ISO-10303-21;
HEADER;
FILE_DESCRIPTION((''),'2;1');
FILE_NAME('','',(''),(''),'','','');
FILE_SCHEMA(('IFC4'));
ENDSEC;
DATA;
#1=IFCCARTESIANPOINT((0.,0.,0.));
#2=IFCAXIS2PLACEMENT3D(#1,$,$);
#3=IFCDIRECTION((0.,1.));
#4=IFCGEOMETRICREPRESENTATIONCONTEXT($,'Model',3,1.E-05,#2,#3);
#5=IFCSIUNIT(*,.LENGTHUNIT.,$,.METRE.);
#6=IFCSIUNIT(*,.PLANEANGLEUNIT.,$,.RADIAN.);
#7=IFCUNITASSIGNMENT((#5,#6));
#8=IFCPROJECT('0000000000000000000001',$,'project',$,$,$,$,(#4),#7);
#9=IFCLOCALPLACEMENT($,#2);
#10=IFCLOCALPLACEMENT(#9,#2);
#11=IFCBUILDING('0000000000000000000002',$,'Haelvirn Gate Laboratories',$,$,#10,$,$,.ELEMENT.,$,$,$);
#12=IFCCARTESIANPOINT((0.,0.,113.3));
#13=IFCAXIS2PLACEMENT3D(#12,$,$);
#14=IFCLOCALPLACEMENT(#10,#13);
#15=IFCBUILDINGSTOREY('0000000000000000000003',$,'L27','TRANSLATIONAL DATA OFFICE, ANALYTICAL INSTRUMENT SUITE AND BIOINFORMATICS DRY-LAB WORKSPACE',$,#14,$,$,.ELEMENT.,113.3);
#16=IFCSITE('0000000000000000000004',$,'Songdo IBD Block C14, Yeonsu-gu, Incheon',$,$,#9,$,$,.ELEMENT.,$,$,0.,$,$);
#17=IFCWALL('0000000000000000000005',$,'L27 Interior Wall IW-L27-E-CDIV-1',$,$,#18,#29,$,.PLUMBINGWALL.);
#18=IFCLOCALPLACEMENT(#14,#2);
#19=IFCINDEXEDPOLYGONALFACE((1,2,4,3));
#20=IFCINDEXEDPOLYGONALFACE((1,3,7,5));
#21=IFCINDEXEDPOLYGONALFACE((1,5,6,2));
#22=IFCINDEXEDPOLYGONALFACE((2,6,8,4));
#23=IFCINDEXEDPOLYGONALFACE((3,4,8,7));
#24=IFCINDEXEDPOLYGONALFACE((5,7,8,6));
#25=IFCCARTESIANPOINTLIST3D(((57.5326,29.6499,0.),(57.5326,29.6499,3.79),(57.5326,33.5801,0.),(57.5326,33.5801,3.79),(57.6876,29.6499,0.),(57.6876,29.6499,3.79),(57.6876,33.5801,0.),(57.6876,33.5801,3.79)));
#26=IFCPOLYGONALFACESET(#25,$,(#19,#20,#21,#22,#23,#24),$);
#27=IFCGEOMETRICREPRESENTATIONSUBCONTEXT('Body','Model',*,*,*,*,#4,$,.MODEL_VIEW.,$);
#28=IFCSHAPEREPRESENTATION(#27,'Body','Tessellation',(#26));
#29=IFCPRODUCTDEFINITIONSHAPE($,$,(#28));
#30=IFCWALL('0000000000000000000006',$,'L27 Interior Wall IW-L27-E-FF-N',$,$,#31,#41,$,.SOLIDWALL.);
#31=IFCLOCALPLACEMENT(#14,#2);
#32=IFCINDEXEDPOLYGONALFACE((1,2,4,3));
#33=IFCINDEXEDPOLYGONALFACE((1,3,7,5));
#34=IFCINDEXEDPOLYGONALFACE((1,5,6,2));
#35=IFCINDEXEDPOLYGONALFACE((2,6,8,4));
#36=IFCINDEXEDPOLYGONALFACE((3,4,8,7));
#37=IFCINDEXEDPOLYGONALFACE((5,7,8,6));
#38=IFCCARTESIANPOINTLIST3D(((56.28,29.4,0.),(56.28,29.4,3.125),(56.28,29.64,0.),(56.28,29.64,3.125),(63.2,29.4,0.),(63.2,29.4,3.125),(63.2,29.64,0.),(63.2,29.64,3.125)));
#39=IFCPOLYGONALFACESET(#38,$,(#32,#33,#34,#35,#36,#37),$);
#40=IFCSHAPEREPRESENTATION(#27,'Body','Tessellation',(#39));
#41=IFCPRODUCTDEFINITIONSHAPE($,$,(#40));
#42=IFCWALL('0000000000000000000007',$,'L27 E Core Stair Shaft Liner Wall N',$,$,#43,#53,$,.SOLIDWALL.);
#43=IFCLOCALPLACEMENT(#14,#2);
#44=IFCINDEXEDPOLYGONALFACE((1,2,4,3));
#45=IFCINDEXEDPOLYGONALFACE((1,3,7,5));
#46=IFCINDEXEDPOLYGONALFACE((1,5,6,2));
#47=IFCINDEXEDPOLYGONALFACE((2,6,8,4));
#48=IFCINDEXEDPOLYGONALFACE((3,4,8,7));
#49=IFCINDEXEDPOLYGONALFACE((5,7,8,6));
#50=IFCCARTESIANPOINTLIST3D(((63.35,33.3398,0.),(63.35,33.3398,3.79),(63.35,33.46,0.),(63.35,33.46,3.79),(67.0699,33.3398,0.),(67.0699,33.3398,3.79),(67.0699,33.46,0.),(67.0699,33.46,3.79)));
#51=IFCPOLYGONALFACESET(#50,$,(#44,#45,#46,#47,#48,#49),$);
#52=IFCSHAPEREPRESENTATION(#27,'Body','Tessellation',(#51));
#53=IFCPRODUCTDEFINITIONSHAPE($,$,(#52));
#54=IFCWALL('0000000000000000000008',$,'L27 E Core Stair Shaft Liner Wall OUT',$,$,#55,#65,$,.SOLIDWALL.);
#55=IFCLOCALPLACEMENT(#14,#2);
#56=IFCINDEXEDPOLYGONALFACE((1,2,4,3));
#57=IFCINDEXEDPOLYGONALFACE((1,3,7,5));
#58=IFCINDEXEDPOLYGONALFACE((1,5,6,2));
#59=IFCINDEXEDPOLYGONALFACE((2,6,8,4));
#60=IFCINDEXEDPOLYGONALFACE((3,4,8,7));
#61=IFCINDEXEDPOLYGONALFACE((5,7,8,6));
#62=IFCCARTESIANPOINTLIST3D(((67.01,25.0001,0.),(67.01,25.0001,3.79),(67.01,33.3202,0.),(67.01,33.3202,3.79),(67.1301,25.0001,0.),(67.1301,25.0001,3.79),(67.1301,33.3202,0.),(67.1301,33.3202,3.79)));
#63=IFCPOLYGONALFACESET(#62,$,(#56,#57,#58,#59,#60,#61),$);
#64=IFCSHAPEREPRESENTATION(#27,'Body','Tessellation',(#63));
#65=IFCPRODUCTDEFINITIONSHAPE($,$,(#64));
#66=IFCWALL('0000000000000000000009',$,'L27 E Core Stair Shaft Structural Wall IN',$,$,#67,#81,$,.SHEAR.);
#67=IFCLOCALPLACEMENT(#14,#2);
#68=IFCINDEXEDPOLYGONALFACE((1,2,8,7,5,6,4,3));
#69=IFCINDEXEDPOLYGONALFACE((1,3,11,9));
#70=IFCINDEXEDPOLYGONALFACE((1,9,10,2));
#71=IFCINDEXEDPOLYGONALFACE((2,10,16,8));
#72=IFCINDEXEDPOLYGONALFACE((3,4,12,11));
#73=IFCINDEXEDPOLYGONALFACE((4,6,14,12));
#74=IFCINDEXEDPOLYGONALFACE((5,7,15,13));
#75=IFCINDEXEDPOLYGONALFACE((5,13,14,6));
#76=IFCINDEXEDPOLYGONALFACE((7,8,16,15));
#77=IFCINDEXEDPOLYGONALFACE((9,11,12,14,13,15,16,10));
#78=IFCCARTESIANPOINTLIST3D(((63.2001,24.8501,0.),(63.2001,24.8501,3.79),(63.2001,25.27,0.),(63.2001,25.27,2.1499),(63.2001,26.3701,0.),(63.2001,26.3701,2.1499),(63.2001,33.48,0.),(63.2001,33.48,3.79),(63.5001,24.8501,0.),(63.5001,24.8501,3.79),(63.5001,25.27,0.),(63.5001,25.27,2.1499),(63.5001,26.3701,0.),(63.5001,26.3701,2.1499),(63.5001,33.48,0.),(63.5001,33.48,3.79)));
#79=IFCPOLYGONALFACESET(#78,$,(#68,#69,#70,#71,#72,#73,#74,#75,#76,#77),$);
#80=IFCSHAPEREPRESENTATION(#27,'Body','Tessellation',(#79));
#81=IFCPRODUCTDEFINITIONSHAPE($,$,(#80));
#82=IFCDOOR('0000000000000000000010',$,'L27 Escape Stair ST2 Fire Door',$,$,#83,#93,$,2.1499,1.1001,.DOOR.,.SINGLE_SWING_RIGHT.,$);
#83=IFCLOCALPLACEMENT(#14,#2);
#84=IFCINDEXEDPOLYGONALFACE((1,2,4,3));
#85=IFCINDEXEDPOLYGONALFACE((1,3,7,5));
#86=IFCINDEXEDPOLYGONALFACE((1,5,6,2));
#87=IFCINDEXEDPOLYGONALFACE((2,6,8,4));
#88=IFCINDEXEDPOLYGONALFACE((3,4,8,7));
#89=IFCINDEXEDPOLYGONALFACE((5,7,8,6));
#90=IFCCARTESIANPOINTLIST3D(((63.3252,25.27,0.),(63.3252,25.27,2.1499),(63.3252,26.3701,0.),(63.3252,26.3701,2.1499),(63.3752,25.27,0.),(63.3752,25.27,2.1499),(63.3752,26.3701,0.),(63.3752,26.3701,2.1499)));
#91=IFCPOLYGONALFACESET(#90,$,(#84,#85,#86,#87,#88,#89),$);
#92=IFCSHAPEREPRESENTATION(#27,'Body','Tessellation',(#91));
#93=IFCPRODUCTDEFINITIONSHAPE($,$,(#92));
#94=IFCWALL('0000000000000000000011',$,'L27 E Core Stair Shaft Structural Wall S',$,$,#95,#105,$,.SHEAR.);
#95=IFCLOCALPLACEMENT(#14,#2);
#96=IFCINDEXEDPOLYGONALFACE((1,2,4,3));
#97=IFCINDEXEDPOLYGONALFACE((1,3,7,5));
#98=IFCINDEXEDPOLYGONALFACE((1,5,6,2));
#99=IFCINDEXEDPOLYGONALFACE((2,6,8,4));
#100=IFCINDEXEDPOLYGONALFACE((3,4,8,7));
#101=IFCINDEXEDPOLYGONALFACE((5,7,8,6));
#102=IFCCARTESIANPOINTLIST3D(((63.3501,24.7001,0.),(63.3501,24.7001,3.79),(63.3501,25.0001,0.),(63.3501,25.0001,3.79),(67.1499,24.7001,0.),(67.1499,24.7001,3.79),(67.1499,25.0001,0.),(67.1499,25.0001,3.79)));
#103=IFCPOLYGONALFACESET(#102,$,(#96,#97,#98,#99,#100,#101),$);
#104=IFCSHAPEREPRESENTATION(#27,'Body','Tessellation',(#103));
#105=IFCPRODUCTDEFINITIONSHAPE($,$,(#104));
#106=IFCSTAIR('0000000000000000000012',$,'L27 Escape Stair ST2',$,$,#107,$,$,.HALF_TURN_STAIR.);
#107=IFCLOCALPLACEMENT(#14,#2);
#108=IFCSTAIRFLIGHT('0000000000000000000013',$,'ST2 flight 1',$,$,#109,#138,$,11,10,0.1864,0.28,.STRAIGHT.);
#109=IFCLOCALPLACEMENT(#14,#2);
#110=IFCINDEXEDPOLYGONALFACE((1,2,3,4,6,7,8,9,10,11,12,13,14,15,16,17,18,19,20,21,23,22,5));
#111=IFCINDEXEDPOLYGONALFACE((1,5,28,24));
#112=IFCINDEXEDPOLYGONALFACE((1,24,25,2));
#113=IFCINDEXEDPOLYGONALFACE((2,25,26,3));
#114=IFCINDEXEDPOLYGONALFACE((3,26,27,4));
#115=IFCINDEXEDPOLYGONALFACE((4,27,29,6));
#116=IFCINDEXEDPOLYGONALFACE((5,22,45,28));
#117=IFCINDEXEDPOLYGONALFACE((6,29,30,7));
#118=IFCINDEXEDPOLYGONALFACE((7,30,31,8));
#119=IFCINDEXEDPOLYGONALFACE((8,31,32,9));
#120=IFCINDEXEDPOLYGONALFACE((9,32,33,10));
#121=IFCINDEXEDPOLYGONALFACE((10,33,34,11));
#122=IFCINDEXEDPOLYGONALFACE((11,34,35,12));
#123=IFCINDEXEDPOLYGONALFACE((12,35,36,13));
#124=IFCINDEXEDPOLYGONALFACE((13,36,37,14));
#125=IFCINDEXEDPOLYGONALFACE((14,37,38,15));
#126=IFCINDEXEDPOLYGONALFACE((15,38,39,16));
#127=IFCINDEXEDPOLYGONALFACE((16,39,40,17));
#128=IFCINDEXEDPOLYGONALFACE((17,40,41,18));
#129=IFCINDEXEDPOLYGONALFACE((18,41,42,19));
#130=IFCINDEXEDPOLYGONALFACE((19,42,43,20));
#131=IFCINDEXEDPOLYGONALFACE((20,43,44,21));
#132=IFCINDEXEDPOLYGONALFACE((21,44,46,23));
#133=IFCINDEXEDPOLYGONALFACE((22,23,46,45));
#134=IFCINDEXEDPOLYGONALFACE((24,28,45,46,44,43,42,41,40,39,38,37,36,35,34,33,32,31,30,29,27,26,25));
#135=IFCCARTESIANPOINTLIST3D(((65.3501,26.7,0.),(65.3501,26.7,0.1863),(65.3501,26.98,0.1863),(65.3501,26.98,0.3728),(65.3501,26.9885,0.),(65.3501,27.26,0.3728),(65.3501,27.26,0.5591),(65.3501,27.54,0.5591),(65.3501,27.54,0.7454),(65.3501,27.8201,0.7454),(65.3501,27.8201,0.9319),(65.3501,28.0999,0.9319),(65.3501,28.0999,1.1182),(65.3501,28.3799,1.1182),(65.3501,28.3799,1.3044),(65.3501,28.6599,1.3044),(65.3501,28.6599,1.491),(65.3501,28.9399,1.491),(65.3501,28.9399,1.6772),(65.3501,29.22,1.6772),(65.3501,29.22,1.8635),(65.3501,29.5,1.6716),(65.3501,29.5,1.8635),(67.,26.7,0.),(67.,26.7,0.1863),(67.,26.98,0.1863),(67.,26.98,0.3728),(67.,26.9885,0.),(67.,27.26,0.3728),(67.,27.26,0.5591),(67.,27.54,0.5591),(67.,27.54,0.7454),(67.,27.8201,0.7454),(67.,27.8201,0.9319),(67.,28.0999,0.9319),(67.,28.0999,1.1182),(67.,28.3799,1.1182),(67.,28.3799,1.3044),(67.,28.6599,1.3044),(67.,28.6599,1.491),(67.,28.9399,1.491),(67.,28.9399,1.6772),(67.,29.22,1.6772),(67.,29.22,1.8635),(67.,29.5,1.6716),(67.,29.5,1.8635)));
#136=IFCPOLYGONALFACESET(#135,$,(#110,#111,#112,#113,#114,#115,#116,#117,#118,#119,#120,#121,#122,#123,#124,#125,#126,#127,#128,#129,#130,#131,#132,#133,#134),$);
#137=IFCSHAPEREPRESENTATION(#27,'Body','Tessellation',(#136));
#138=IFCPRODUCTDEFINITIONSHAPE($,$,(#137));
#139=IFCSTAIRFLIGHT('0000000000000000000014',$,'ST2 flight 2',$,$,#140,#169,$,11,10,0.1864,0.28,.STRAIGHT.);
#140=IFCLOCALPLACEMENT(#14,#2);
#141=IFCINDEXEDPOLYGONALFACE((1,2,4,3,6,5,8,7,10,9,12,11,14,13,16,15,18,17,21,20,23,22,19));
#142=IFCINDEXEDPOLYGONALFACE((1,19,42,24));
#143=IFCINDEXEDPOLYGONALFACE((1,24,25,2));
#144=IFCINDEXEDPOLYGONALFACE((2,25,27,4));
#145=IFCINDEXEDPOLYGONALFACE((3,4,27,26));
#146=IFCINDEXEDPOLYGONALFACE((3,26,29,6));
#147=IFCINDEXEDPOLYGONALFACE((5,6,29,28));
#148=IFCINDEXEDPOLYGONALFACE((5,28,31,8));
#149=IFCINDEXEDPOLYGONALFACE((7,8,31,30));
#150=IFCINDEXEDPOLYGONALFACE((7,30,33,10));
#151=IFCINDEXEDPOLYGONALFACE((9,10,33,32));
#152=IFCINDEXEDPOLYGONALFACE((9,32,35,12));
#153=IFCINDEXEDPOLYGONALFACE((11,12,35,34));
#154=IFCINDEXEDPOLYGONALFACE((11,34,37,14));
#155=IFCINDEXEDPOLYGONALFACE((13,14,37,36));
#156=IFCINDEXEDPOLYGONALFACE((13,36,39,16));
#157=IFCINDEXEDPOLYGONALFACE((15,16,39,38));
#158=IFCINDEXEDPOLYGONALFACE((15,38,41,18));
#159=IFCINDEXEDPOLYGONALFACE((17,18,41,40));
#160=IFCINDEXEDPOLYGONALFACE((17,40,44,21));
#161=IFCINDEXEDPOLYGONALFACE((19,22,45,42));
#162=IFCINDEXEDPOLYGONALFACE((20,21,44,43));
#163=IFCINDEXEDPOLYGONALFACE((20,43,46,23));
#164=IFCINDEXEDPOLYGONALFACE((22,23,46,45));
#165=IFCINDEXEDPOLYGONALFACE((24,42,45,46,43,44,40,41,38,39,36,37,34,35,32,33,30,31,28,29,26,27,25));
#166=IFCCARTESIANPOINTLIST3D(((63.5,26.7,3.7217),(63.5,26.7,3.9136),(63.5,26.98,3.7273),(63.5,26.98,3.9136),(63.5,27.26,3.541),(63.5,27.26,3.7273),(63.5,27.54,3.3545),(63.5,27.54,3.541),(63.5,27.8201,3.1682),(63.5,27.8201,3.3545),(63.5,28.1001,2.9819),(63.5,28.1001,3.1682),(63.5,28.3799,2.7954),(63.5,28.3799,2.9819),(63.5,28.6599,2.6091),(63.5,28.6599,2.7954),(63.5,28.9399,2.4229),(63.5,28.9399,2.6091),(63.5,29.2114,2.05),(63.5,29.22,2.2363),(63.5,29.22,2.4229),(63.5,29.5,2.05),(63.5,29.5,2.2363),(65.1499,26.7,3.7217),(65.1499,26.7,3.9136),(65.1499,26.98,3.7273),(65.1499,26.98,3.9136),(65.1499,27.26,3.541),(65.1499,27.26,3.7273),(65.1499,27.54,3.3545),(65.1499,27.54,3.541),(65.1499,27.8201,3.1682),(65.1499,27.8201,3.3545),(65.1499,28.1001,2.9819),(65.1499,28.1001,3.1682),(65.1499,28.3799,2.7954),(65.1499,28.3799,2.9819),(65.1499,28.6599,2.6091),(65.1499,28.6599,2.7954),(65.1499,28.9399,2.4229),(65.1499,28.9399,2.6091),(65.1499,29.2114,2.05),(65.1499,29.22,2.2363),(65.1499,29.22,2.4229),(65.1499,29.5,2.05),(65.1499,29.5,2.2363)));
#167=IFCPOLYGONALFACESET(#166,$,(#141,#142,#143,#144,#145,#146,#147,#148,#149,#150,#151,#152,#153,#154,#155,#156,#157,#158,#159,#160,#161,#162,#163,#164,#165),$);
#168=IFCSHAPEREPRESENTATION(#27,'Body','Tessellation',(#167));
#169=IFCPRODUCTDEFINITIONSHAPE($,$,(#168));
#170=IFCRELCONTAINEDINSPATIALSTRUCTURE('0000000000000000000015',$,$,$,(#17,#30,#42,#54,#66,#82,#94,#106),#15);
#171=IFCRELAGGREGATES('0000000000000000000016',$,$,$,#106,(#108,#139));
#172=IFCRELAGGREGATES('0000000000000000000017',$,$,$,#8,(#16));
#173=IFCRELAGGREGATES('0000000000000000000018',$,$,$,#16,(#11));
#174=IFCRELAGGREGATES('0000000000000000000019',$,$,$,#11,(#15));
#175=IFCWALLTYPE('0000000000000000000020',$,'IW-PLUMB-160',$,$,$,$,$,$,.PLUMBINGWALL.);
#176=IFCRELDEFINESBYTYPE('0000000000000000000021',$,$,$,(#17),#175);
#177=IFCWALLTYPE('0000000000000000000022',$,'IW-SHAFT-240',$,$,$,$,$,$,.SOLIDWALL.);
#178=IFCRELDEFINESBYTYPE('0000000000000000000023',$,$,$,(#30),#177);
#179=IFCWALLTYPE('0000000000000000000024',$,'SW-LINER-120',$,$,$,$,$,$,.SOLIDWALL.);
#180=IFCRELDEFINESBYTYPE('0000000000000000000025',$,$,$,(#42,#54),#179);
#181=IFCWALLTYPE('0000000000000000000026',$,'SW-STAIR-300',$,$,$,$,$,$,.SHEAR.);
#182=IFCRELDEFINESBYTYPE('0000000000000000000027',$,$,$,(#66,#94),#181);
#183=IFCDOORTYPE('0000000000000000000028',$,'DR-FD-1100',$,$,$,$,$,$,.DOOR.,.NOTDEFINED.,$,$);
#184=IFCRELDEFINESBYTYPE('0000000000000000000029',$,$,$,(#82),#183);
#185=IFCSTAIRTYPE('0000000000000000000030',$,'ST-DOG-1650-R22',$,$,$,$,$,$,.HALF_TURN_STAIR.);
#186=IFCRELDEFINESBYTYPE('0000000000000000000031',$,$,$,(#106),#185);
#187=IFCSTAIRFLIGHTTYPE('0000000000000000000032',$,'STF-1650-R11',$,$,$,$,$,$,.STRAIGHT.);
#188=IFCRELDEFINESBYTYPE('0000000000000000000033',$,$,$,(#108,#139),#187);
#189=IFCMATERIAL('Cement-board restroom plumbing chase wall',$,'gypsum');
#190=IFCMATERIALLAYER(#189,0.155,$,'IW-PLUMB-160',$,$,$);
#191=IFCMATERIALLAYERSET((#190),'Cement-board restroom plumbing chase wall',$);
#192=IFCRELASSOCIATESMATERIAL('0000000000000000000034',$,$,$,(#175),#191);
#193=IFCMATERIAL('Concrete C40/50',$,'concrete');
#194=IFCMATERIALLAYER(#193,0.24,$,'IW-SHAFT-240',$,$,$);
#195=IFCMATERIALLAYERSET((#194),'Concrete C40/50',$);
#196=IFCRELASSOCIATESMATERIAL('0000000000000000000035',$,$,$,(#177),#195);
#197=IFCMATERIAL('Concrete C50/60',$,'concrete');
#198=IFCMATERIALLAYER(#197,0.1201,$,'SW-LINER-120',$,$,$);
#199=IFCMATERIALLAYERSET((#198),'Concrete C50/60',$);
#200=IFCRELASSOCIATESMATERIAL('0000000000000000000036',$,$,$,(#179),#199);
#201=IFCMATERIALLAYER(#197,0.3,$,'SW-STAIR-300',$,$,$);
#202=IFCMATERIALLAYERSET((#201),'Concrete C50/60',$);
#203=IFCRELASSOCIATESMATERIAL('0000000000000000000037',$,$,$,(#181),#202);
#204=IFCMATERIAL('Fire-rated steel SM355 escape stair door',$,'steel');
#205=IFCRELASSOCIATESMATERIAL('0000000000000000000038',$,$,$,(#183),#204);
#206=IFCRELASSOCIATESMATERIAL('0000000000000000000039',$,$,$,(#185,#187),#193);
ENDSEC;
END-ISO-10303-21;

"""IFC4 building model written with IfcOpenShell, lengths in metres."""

from ifc_helpers import new_model, si_unit, direction, frame, frame_2d, origin, place, context, subcontext, project, spatial, polyline, rectangle, outline, extrude, source, transform, mapped, material, layer, layer_set, type_object, type_shapes, element, fill, aggregate, save


model = new_model("IFC4")

# Units and contexts
model_context = context("Model", 3, precision=1e-05, world=origin(), true_north=direction((0.0, 1.0)))
body_context = subcontext(model_context, "Body", "Model", "MODEL_VIEW")
ifc_project = project(units=[si_unit("LENGTHUNIT", "METRE"), si_unit("PLANEANGLEUNIT", "RADIAN")], contexts=[model_context])

# Site, building, storey
site_placement = place(None, origin())
site = spatial("IfcSite", under=ifc_project, at=site_placement, Name="Songdo IBD Block C14, Yeonsu-gu, Incheon", CompositionType="ELEMENT", RefElevation=0.0)
building_placement = place(site_placement, origin())
building = spatial("IfcBuilding", under=site, at=building_placement, Name="Haelvirn Gate Laboratories", CompositionType="ELEMENT")
storey_placement = place(building_placement, frame((0.0, 0.0, 113.3)))
storey = spatial("IfcBuildingStorey", under=building, at=storey_placement, Name="L27", Description="TRANSLATIONAL DATA OFFICE, ANALYTICAL INSTRUMENT SUITE AND BIOINFORMATICS DRY-LAB WORKSPACE", CompositionType="ELEMENT", Elevation=113.3)

# Walls
ifc_material_1 = material(Name="Cement-board restroom plumbing chase wall", Category="gypsum")
ifc_layer_1 = layer(ifc_material_1, 0.155, Name="IW-PLUMB-160")
ifc_layer_set_1 = layer_set([ifc_layer_1], Name="Cement-board restroom plumbing chase wall")
wall_type_1 = type_object("IfcWallType", Name="IW-PLUMB-160", PredefinedType="PLUMBINGWALL", material=ifc_layer_set_1)
wall_1_placement = place(storey_placement, frame((57.6101, 29.6499, 0.0), z_axis=(0.0, 0.0, 1.0), x_axis=(0.0, 1.0, 0.0)))
element("IfcWall", 1, at=wall_1_placement, inside=storey, type_object=wall_type_1, Name="L27 Interior Wall IW-L27-E-CDIV-1", PredefinedType="PLUMBINGWALL", context=body_context, shape_type="SweptSolid", body=[
    extrude(rectangle(XDim=3.9302, YDim=0.155, at=frame_2d((1.9651, 0.0))), origin(), (0.0, 0.0, 1.0), 3.79),
])
ifc_material_2 = material(Name="Concrete C40/50", Category="concrete")
ifc_layer_2 = layer(ifc_material_2, 0.24, Name="IW-SHAFT-240")
ifc_layer_set_2 = layer_set([ifc_layer_2], Name="Concrete C40/50")
wall_type_2 = type_object("IfcWallType", Name="IW-SHAFT-240", PredefinedType="SOLIDWALL", material=ifc_layer_set_2)
wall_2_placement = place(storey_placement, frame((56.28, 29.52, 0.0), z_axis=(0.0, 0.0, 1.0), x_axis=(1.0, 0.0, 0.0)))
element("IfcWall", 2, at=wall_2_placement, inside=storey, type_object=wall_type_2, Name="L27 Interior Wall IW-L27-E-FF-N", PredefinedType="SOLIDWALL", context=body_context, shape_type="SweptSolid", body=[
    extrude(rectangle(XDim=6.9199, YDim=0.24, at=frame_2d((3.46, 0.0))), origin(), (0.0, 0.0, 1.0), 3.125),
])
ifc_material_3 = material(Name="Concrete C50/60", Category="concrete")
ifc_layer_3 = layer(ifc_material_3, 0.1201, Name="SW-LINER-120")
ifc_layer_set_3 = layer_set([ifc_layer_3], Name="Concrete C50/60")
wall_type_3 = type_object("IfcWallType", Name="SW-LINER-120", PredefinedType="SOLIDWALL", material=ifc_layer_set_3)
wall_3_placement = place(storey_placement, frame((63.3501, 33.3999, 0.0), z_axis=(0.0, 0.0, 1.0), x_axis=(1.0, 0.0, 0.0)))
element("IfcWall", 3, at=wall_3_placement, inside=storey, type_object=wall_type_3, Name="L27 E Core Stair Shaft Liner Wall N", PredefinedType="SOLIDWALL", context=body_context, shape_type="SweptSolid", body=[
    extrude(rectangle(XDim=3.72, YDim=0.1201, at=frame_2d((1.8599, 0.0))), origin(), (0.0, 0.0, 1.0), 3.79),
])
wall_4_placement = place(storey_placement, frame((67.0701, 25.0, 0.0), z_axis=(0.0, 0.0, 1.0), x_axis=(0.0, 1.0, 0.0)))
element("IfcWall", 4, at=wall_4_placement, inside=storey, type_object=wall_type_3, Name="L27 E Core Stair Shaft Liner Wall OUT", PredefinedType="SOLIDWALL", context=body_context, shape_type="SweptSolid", body=[
    extrude(rectangle(XDim=8.3201, YDim=0.1201, at=frame_2d((4.1602, 0.0))), origin(), (0.0, 0.0, 1.0), 3.79),
])

# Wall, opening, door
ifc_layer_4 = layer(ifc_material_3, 0.3, Name="SW-STAIR-300")
ifc_layer_set_4 = layer_set([ifc_layer_4], Name="Concrete C50/60")
wall_type_4 = type_object("IfcWallType", Name="SW-STAIR-300", PredefinedType="SHEAR", material=ifc_layer_set_4)
wall_5_placement = place(storey_placement, frame((63.3501, 24.8501, 0.0), z_axis=(0.0, 0.0, 1.0), x_axis=(0.0, 1.0, 0.0)))
wall_5 = element("IfcWall", 5, at=wall_5_placement, inside=storey, type_object=wall_type_4, Name="L27 E Core Stair Shaft Structural Wall IN", PredefinedType="SHEAR", context=body_context, shape_type="SweptSolid", body=[
    extrude(rectangle(XDim=8.6299, YDim=0.3, at=frame_2d((4.3149, 0.0))), origin(), (0.0, 0.0, 1.0), 3.79),
])
opening_1_placement = place(wall_5_placement, frame((0.4199, 0.0, 0.0)))
opening_1 = element("IfcOpeningElement", 6, at=opening_1_placement, cuts=wall_5, PredefinedType="OPENING", context=body_context, shape_type="SweptSolid", body=[
    extrude(rectangle(XDim=1.1001, YDim=2.1499, at=frame_2d((0.55, 1.075))), frame((0.0, 0.1602, 0.0), z_axis=(0.0, -1.0, 0.0), x_axis=(1.0, 0.0, 0.0)), (0.0, 0.0, 1.0), 0.3201),
])
ifc_material_4 = material(Name="Fire-rated steel SM355 escape stair door", Category="steel")
door_type_1 = type_object("IfcDoorType", Name="DR-FD-1100", OperationType="NOTDEFINED", PredefinedType="DOOR", material=ifc_material_4)
shared_shape_1 = source(origin(), body_context, "Body", "SweptSolid", [
    extrude(rectangle(XDim=1.1001, YDim=2.1499, at=frame_2d((0.55, 1.075))), frame((0.0, 0.0249, 0.0), z_axis=(0.0, -1.0, 0.0), x_axis=(1.0, 0.0, 0.0)), (0.0, 0.0, 1.0), 0.05),
])
type_shapes(door_type_1, [shared_shape_1])
door_1_placement = place(opening_1_placement, origin())
door_1 = element("IfcDoor", 7, at=door_1_placement, inside=storey, type_object=door_type_1, Name="L27 Escape Stair ST2 Fire Door", OperationType="SINGLE_SWING_RIGHT", OverallHeight=2.1499, OverallWidth=1.1001, PredefinedType="DOOR", context=body_context, shape_type="MappedRepresentation", body=[
    mapped(shared_shape_1, transform((0.0, 0.0, 0.0), scale=1.0)),
])
fill(opening_1, door_1)

# Wall
wall_6_placement = place(storey_placement, frame((63.3501, 24.8501, 0.0), z_axis=(0.0, 0.0, 1.0), x_axis=(1.0, 0.0, 0.0)))
element("IfcWall", 8, at=wall_6_placement, inside=storey, type_object=wall_type_4, Name="L27 E Core Stair Shaft Structural Wall S", PredefinedType="SHEAR", context=body_context, shape_type="SweptSolid", body=[
    extrude(rectangle(XDim=3.7998, YDim=0.3, at=frame_2d((1.8999, 0.0))), origin(), (0.0, 0.0, 1.0), 3.79),
])

# Stair, stair flights
stair_type = type_object("IfcStairType", Name="ST-DOG-1650-R22", PredefinedType="HALF_TURN_STAIR", material=ifc_material_2)
stair_placement = place(storey_placement, origin())
stair = element("IfcStair", 9, at=stair_placement, inside=storey, type_object=stair_type, Name="L27 Escape Stair ST2", PredefinedType="HALF_TURN_STAIR")
stair_flight_type = type_object("IfcStairFlightType", Name="STF-1650-R11", PredefinedType="STRAIGHT", material=ifc_material_2)
shared_shape_2 = source(origin(), body_context, "Body", "SweptSolid", [
    extrude(outline(polyline([(0.0, 0.0), (0.0, 0.1863), (0.28, 0.1863), (0.28, 0.3728), (0.5601, 0.3728), (0.5601, 0.5591), (0.8401, 0.5591), (0.8401, 0.7454), (1.1201, 0.7454), (1.1201, 0.9319), (1.3999, 0.9319), (1.3999, 1.1182), (1.6799, 1.1182), (1.6799, 1.3044), (1.96, 1.3044), (1.96, 1.491), (2.24, 1.491), (2.24, 1.6772), (2.52, 1.6772), (2.52, 1.8635), (2.8, 1.8635), (2.8, 2.05), (2.8, 1.6716), (0.2886, 0.0), (0.0, 0.0)])), frame((0.0, 0.825, 0.0), z_axis=(0.0, -1.0, 0.0), x_axis=(1.0, 0.0, 0.0)), (0.0, 0.0, 1.0), 1.6499),
])
type_shapes(stair_flight_type, [shared_shape_2])
stair_flight_1_placement = place(storey_placement, frame((66.175, 26.7, 0.0), z_axis=(0.0, 0.0, 1.0), x_axis=(0.0, 1.0, 0.0)))
stair_flight_1 = element("IfcStairFlight", 10, at=stair_flight_1_placement, type_object=stair_flight_type, Name="ST2 flight 1", NumberOfRisers=11, NumberOfTreads=10, PredefinedType="STRAIGHT", RiserHeight=0.1864, TreadLength=0.28, context=body_context, shape_type="MappedRepresentation", body=[
    mapped(shared_shape_2, transform((0.0, 0.0, 0.0), scale=1.0)),
])
stair_flight_2_placement = place(storey_placement, frame((64.325, 29.5, 2.05), z_axis=(0.0, 0.0, 1.0), x_axis=(0.0, -1.0, 0.0)))
stair_flight_2 = element("IfcStairFlight", 11, at=stair_flight_2_placement, type_object=stair_flight_type, Name="ST2 flight 2", NumberOfRisers=11, NumberOfTreads=10, PredefinedType="STRAIGHT", RiserHeight=0.1864, TreadLength=0.28, context=body_context, shape_type="MappedRepresentation", body=[
    mapped(shared_shape_2, transform((0.0, 0.0, 0.0), scale=1.0)),
])
aggregate(stair, [stair_flight_1, stair_flight_2])

save(model, "model.ifc")
